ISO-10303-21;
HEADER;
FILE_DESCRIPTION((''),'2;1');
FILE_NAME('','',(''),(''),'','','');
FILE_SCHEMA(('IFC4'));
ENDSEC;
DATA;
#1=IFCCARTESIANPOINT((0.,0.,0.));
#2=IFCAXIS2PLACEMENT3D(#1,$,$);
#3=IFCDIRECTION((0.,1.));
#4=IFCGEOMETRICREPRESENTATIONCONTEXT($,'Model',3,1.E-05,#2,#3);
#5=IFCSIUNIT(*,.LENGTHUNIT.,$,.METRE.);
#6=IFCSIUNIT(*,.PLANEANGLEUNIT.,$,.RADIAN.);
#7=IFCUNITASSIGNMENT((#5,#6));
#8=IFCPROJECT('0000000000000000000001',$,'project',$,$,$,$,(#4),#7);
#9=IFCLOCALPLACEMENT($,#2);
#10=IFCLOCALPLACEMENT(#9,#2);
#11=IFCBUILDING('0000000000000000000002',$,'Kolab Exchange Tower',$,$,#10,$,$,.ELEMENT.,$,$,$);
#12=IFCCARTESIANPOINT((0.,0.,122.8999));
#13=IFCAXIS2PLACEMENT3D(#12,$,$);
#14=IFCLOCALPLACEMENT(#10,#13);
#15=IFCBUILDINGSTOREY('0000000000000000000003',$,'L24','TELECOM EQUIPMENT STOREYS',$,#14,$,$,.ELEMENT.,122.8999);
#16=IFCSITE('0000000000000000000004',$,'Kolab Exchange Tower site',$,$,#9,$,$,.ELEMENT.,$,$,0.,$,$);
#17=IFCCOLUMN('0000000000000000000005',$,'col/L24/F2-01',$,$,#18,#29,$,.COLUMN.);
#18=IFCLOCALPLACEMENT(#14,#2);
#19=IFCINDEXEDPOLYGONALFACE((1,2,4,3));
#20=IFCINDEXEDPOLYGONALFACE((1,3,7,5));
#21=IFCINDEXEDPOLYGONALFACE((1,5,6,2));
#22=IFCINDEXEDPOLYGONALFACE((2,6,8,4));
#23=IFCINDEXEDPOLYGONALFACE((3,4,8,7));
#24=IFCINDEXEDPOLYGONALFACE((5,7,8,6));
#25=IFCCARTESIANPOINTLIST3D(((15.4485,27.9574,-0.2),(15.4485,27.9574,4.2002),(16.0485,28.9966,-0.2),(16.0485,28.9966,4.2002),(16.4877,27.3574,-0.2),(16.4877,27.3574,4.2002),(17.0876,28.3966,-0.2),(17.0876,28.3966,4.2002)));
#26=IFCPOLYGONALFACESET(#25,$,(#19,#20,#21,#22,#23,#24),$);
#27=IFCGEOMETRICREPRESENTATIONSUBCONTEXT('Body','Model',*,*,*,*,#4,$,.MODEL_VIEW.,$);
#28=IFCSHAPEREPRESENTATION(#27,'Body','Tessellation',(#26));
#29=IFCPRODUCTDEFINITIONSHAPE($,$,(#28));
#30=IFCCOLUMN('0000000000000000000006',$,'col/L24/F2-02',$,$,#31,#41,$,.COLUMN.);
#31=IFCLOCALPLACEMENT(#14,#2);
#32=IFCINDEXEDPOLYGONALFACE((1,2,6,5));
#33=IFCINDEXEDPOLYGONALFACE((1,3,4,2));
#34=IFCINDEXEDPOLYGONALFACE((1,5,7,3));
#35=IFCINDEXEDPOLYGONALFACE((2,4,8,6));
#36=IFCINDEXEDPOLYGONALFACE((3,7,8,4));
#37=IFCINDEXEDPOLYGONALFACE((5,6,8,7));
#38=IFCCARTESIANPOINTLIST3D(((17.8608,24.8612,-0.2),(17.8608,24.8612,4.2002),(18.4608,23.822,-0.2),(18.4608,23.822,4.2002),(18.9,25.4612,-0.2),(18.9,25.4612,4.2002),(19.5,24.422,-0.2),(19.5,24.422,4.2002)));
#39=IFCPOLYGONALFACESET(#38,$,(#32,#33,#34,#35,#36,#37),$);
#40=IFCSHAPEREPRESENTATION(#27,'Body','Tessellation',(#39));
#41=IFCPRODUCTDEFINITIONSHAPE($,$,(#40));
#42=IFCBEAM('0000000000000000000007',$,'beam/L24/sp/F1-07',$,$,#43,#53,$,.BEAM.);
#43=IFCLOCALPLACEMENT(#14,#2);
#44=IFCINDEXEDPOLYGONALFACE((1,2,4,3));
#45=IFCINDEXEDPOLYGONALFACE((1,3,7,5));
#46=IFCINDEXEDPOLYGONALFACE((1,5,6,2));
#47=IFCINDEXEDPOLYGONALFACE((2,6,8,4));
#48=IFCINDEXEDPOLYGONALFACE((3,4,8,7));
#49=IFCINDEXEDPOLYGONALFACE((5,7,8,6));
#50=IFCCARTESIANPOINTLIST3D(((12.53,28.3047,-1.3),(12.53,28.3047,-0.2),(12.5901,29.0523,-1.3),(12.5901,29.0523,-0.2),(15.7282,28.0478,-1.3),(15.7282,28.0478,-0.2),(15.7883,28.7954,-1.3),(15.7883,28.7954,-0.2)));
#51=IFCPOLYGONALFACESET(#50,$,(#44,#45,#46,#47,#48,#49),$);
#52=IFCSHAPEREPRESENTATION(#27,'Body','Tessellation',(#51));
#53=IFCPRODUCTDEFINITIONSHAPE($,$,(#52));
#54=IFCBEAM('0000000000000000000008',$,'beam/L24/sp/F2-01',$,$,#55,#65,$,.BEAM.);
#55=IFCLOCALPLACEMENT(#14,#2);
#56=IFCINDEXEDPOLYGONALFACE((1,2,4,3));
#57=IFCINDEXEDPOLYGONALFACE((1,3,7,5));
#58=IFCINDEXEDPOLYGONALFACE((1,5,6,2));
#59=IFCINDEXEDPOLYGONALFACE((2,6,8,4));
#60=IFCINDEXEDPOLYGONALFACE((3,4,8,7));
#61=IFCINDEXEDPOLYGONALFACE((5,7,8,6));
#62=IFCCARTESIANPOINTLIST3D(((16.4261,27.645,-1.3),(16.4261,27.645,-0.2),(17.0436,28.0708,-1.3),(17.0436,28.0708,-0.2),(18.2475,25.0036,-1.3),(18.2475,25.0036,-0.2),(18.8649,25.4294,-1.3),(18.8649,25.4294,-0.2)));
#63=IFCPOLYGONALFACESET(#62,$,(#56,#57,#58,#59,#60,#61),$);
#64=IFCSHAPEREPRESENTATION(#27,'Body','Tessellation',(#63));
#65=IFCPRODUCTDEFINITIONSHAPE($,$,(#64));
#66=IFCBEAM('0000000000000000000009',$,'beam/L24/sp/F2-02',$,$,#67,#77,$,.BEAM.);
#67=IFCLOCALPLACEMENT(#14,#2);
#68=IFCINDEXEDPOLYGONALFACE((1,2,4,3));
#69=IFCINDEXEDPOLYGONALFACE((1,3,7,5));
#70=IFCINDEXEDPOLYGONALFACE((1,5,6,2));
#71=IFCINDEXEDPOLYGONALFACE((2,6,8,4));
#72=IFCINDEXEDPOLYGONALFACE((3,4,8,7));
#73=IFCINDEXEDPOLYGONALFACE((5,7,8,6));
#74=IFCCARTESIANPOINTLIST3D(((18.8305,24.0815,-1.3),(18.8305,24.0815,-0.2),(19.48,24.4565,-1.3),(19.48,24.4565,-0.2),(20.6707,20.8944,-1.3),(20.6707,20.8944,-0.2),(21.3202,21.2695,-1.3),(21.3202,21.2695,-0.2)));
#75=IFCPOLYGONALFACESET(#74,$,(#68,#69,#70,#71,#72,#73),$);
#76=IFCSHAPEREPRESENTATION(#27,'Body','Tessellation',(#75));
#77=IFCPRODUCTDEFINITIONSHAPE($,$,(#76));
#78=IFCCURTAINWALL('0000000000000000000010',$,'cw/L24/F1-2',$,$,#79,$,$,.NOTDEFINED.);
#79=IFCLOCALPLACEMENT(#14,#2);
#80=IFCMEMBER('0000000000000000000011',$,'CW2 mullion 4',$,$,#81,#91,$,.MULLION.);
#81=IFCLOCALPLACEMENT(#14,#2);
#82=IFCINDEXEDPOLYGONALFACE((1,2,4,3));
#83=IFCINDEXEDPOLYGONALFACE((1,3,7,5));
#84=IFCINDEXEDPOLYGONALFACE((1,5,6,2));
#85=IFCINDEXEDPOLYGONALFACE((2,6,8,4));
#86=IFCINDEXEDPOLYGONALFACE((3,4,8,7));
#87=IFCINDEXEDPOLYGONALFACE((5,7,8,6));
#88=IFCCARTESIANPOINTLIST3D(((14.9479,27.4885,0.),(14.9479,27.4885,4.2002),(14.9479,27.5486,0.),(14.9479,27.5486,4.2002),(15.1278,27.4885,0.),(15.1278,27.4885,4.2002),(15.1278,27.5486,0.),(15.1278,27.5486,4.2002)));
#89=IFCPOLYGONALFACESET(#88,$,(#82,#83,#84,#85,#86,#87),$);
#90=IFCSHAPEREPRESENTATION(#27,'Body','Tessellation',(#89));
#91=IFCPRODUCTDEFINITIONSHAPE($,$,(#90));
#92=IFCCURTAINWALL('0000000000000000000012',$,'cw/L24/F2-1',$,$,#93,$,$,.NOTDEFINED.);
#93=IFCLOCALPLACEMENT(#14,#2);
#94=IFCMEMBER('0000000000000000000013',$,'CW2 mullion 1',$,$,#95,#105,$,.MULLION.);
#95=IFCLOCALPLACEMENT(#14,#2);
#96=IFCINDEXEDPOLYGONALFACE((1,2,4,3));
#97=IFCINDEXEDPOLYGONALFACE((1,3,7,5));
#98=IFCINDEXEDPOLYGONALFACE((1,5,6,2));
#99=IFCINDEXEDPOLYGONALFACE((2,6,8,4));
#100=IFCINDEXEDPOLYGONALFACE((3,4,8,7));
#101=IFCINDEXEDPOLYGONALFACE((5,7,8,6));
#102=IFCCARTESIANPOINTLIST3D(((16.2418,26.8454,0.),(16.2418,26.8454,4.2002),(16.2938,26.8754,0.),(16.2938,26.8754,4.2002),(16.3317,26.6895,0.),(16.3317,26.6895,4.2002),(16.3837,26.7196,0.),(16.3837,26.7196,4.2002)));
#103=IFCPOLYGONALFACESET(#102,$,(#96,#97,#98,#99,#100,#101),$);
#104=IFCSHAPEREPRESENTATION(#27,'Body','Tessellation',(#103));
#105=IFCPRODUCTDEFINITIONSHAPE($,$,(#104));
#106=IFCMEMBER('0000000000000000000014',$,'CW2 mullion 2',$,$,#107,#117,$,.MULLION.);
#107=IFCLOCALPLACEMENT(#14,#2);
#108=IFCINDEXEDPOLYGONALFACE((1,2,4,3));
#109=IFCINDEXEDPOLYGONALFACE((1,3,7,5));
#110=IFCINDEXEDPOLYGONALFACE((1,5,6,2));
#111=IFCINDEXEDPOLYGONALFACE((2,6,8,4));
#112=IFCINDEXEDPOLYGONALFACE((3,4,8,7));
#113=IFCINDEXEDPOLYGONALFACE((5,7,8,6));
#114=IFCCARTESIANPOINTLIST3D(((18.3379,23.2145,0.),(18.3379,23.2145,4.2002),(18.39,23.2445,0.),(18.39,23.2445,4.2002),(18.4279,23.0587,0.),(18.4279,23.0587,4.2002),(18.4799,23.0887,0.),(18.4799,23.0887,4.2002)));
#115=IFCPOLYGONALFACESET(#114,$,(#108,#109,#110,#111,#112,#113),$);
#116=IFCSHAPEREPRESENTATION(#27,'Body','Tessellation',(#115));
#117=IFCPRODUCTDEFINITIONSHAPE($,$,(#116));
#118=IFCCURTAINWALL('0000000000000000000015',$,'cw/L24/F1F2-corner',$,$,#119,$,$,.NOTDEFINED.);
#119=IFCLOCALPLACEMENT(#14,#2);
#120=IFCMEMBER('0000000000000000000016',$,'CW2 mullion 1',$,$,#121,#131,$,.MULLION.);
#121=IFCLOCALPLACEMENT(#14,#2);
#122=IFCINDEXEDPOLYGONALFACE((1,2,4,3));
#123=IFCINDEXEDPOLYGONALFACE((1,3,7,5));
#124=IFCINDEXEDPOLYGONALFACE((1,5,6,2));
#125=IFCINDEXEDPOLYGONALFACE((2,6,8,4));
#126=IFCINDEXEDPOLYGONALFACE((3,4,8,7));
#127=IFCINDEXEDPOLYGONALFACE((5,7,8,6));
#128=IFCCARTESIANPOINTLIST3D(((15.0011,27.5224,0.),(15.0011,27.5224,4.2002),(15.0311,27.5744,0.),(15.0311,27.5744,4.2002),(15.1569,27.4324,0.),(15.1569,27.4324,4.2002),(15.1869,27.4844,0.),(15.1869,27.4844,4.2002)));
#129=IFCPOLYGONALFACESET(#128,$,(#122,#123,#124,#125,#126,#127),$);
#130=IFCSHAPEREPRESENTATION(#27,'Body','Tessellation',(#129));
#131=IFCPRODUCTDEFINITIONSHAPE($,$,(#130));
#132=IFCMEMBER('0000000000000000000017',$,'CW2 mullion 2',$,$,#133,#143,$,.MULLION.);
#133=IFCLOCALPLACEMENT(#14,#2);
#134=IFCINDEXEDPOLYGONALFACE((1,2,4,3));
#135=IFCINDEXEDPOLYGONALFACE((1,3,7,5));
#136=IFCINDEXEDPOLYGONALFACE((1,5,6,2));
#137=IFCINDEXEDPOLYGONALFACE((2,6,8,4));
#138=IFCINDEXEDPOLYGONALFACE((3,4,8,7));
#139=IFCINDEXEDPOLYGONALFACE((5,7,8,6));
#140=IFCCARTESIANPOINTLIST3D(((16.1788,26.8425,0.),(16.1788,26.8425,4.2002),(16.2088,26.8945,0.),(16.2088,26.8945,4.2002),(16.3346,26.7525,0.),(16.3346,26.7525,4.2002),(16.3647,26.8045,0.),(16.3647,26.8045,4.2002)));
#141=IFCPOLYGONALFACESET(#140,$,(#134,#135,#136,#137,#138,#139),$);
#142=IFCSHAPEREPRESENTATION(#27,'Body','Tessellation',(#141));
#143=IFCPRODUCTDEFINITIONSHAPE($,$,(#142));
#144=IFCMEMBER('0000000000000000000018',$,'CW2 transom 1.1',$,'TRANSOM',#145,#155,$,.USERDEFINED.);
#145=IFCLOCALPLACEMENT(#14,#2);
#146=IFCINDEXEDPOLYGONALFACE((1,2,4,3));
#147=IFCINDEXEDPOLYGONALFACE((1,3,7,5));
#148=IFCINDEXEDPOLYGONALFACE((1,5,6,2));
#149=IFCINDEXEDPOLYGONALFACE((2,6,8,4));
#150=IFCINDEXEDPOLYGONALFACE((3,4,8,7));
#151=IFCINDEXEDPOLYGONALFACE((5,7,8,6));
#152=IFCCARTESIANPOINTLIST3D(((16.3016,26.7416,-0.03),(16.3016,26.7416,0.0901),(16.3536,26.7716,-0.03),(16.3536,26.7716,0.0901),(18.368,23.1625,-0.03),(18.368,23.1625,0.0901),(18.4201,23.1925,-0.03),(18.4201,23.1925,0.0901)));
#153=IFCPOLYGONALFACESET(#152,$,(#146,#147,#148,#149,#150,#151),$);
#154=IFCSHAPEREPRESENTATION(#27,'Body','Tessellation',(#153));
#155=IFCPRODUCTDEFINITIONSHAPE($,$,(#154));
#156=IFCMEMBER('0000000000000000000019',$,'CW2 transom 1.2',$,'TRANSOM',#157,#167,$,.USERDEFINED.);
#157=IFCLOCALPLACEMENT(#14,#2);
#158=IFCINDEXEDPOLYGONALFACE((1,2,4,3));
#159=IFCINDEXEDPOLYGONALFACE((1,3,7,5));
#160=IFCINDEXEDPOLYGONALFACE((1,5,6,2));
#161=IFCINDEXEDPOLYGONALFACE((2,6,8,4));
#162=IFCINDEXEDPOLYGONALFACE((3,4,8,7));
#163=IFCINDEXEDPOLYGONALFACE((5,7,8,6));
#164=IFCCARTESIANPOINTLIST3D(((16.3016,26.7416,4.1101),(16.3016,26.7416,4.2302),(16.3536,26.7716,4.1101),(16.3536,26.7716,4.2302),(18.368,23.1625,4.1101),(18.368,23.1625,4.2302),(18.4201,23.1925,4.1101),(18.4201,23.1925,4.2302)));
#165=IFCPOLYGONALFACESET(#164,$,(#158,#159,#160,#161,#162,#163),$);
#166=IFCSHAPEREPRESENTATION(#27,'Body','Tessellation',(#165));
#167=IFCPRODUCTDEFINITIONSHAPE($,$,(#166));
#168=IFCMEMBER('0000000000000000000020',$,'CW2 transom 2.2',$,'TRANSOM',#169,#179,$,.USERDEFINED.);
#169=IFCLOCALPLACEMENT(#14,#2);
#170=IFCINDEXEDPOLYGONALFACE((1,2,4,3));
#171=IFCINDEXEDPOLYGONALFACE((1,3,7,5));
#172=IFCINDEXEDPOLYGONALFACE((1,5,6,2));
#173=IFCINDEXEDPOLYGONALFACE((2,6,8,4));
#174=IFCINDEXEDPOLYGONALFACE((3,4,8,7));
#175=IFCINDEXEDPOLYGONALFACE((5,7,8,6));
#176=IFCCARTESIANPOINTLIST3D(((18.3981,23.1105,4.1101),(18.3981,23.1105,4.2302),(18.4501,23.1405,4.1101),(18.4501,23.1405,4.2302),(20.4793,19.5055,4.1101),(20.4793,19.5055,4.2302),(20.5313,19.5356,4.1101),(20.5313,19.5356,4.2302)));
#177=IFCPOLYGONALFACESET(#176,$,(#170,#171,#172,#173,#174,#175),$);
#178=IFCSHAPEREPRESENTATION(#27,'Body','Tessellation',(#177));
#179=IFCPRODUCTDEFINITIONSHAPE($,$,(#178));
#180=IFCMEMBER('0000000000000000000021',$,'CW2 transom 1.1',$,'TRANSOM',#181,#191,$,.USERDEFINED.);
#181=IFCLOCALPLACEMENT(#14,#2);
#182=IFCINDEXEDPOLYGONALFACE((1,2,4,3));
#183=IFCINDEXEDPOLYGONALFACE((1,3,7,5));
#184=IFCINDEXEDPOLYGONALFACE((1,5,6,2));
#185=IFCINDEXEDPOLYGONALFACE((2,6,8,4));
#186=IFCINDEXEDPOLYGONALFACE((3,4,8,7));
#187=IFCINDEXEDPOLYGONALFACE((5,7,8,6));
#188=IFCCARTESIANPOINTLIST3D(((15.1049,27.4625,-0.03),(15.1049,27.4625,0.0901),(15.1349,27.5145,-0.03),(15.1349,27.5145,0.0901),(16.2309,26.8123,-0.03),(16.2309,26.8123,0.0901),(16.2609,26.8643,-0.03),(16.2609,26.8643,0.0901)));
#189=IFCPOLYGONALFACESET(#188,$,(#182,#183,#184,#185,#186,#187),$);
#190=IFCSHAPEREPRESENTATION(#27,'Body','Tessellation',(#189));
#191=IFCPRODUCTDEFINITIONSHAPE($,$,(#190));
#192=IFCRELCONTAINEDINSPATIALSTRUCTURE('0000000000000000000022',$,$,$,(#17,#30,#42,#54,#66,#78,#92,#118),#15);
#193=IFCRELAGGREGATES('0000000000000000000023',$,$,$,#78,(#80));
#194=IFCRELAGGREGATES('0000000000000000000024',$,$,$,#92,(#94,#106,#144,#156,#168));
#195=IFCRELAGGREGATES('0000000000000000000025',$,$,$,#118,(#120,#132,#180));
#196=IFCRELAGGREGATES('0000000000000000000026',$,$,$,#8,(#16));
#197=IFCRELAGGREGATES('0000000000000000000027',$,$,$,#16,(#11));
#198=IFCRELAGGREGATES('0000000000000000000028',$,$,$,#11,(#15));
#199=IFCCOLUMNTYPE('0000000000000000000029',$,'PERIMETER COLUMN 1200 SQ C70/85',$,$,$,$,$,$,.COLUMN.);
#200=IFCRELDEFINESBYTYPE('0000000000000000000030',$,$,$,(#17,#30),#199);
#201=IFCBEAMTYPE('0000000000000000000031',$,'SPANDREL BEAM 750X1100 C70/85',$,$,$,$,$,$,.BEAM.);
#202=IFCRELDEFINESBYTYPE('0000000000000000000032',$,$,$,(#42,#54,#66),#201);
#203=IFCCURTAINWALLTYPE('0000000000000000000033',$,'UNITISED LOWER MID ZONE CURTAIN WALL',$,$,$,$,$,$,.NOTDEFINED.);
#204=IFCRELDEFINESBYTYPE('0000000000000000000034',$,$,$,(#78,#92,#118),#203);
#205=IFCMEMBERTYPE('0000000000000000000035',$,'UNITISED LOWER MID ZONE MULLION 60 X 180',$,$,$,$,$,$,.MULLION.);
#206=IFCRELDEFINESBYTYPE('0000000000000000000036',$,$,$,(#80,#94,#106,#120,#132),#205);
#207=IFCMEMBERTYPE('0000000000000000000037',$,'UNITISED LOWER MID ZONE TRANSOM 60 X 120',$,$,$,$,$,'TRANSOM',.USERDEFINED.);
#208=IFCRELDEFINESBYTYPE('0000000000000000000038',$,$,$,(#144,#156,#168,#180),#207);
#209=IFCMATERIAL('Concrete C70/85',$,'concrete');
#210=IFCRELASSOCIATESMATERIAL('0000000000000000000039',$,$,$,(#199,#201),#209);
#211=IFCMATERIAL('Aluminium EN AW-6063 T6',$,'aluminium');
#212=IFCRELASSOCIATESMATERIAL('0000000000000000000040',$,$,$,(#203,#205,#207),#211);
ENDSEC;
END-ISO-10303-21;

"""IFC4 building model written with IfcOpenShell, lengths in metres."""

from ifc_helpers import new_model, si_unit, direction, frame, origin, origin_2d, place, context, subcontext, project, spatial, rectangle, extrude, material, material_profile, profile_set, type_object, element, aggregate, save


model = new_model("IFC4")

# Units and contexts
model_context = context("Model", 3, precision=1e-05, world=origin(), true_north=direction((0.0, 1.0)))
body_context = subcontext(model_context, "Body", "Model", "MODEL_VIEW")
ifc_project = project(units=[si_unit("LENGTHUNIT", "METRE"), si_unit("PLANEANGLEUNIT", "RADIAN")], contexts=[model_context])

# Site, building, storey
site_placement = place(None, origin())
site = spatial("IfcSite", under=ifc_project, at=site_placement, Name="Kolab Exchange Tower site", CompositionType="ELEMENT", RefElevation=0.0)
building_placement = place(site_placement, origin())
building = spatial("IfcBuilding", under=site, at=building_placement, Name="Kolab Exchange Tower", CompositionType="ELEMENT")
storey_placement = place(building_placement, frame((0.0, 0.0, 122.8999)))
storey = spatial("IfcBuildingStorey", under=building, at=storey_placement, Name="L24", Description="TELECOM EQUIPMENT STOREYS", CompositionType="ELEMENT", Elevation=122.8999)

# Columns
ifc_material_1 = material(Name="Concrete C70/85", Category="concrete")
ifc_material_profile_1 = material_profile(ifc_material_1, rectangle(XDim=1.2, YDim=1.2, at=origin_2d()), Name="RC1200")
ifc_profile_set_1 = profile_set([ifc_material_profile_1], Name="Concrete C70/85")
column_type = type_object("IfcColumnType", Name="PERIMETER COLUMN 1200 SQ C70/85", PredefinedType="COLUMN", material=ifc_profile_set_1)
for number, where, z_axis, x_axis, name in (
    (1, (16.2681, 28.177, -0.2), (0.0, 0.0, 1.0), (0.5, 0.866025, 0.0), "col/L24/F2-01"),
    (2, (18.6804, 24.6416, -0.2), (0.0, 0.0, 1.0), (0.866025, 0.5, 0.0), "col/L24/F2-02"),
):
    element("IfcColumn", number, at=place(storey_placement, frame(where, z_axis=z_axis, x_axis=x_axis)), inside=storey, type_object=column_type, Name=name, PredefinedType="COLUMN", context=body_context, shape_type="SweptSolid", body=[
        extrude(rectangle(XDim=1.2, YDim=1.2, at=origin_2d()), origin(), (0.0, 0.0, 1.0), 4.4001),
    ])

# Beams
ifc_material_profile_2 = material_profile(ifc_material_1, rectangle(XDim=0.75, YDim=1.1001, at=origin_2d()), Name="RC750X1100")
ifc_profile_set_2 = profile_set([ifc_material_profile_2], Name="Concrete C70/85")
beam_type = type_object("IfcBeamType", Name="SPANDREL BEAM 750X1100 C70/85", PredefinedType="BEAM", material=ifc_profile_set_2)
for number, where, z_axis, x_axis, name in (
    (3, (12.5601, 28.6785, -0.75), (0.996791, -0.080048, 0.0), (0.080048, 0.996791, 0.0), "beam/L24/sp/F1-07"),
    (4, (16.7349, 27.8579, -0.75), (0.567662, -0.823262, 0.0), (0.823262, 0.567662, 0.0), "beam/L24/sp/F2-01"),
):
    element("IfcBeam", number, at=place(storey_placement, frame(where, z_axis=z_axis, x_axis=x_axis)), inside=storey, type_object=beam_type, Name=name, PredefinedType="BEAM", context=body_context, shape_type="SweptSolid", body=[
        extrude(rectangle(XDim=0.75, YDim=1.1001, at=origin_2d()), origin(), (0.0, 0.0, 1.0), 3.2085),
    ])
beam_placement = place(storey_placement, frame((19.1553, 24.269, -0.75), z_axis=(0.500013, -0.866018, 0.0), x_axis=(0.866018, 0.500013, 0.0)))
element("IfcBeam", 5, at=beam_placement, inside=storey, type_object=beam_type, Name="beam/L24/sp/F2-02", PredefinedType="BEAM", context=body_context, shape_type="SweptSolid", body=[
    extrude(rectangle(XDim=0.75, YDim=1.1001, at=origin_2d()), origin(), (0.0, 0.0, 1.0), 3.6802),
])

# Curtain wall, member
ifc_material_2 = material(Name="Aluminium EN AW-6063 T6", Category="aluminium")
curtain_wall_type = type_object("IfcCurtainWallType", Name="UNITISED LOWER MID ZONE CURTAIN WALL", PredefinedType="NOTDEFINED", material=ifc_material_2)
curtain_wall_1_placement = place(storey_placement, origin())
curtain_wall_1 = element("IfcCurtainWall", 6, at=curtain_wall_1_placement, inside=storey, type_object=curtain_wall_type, Name="cw/L24/F1-2", PredefinedType="NOTDEFINED")
ifc_material_profile_3 = material_profile(ifc_material_2, rectangle(XDim=0.0601, YDim=0.1799, at=origin_2d()), Name="RECT 60X180")
ifc_profile_set_3 = profile_set([ifc_material_profile_3], Name="Aluminium EN AW-6063 T6")
member_type_1 = type_object("IfcMemberType", Name="UNITISED LOWER MID ZONE MULLION 60 X 180", PredefinedType="MULLION", material=ifc_profile_set_3)
member_1_placement = place(storey_placement, frame((15.0378, 27.5186, 0.0), z_axis=(0.0, 0.0, 1.0), x_axis=(0.0, 1.0, 0.0)))
member_1 = element("IfcMember", 7, at=member_1_placement, type_object=member_type_1, Name="CW2 mullion 4", PredefinedType="MULLION", context=body_context, shape_type="SweptSolid", body=[
    extrude(rectangle(XDim=0.0601, YDim=0.1799, at=origin_2d()), origin(), (0.0, 0.0, 1.0), 4.2002),
])

# Curtain walls, members
curtain_wall_2_placement = place(storey_placement, origin())
curtain_wall_2 = element("IfcCurtainWall", 8, at=curtain_wall_2_placement, inside=storey, type_object=curtain_wall_type, Name="cw/L24/F2-1", PredefinedType="NOTDEFINED")
member_2_placement = place(storey_placement, frame((16.3127, 26.7825, 0.0), z_axis=(0.0, 0.0, 1.0), x_axis=(0.866025, 0.5, 0.0)))
member_2 = element("IfcMember", 9, at=member_2_placement, type_object=member_type_1, Name="CW2 mullion 1", PredefinedType="MULLION", context=body_context, shape_type="SweptSolid", body=[
    extrude(rectangle(XDim=0.0601, YDim=0.1799, at=origin_2d()), origin(), (0.0, 0.0, 1.0), 4.2002),
])
member_3_placement = place(storey_placement, frame((18.4089, 23.1516, 0.0), z_axis=(0.0, 0.0, 1.0), x_axis=(0.866025, 0.5, 0.0)))
member_3 = element("IfcMember", 10, at=member_3_placement, type_object=member_type_1, Name="CW2 mullion 2", PredefinedType="MULLION", context=body_context, shape_type="SweptSolid", body=[
    extrude(rectangle(XDim=0.0601, YDim=0.1799, at=origin_2d()), origin(), (0.0, 0.0, 1.0), 4.2002),
])
curtain_wall_3_placement = place(storey_placement, origin())
curtain_wall_3 = element("IfcCurtainWall", 11, at=curtain_wall_3_placement, inside=storey, type_object=curtain_wall_type, Name="cw/L24/F1F2-corner", PredefinedType="NOTDEFINED")
member_4_placement = place(storey_placement, frame((15.094, 27.5034, 0.0), z_axis=(0.0, 0.0, 1.0), x_axis=(0.5, 0.866025, 0.0)))
member_4 = element("IfcMember", 12, at=member_4_placement, type_object=member_type_1, Name="CW2 mullion 1", PredefinedType="MULLION", context=body_context, shape_type="SweptSolid", body=[
    extrude(rectangle(XDim=0.0601, YDim=0.1799, at=origin_2d()), origin(), (0.0, 0.0, 1.0), 4.2002),
])
member_5_placement = place(storey_placement, frame((16.2717, 26.8235, 0.0), z_axis=(0.0, 0.0, 1.0), x_axis=(0.5, 0.866025, 0.0)))
member_5 = element("IfcMember", 13, at=member_5_placement, type_object=member_type_1, Name="CW2 mullion 2", PredefinedType="MULLION", context=body_context, shape_type="SweptSolid", body=[
    extrude(rectangle(XDim=0.0601, YDim=0.1799, at=origin_2d()), origin(), (0.0, 0.0, 1.0), 4.2002),
])

# Members
ifc_material_profile_4 = material_profile(ifc_material_2, rectangle(XDim=0.0601, YDim=0.1201, at=origin_2d()), Name="RECT 60X120")
ifc_profile_set_4 = profile_set([ifc_material_profile_4], Name="Aluminium EN AW-6063 T6")
member_type_2 = type_object("IfcMemberType", Name="UNITISED LOWER MID ZONE TRANSOM 60 X 120", ElementType="TRANSOM", PredefinedType="USERDEFINED", material=ifc_profile_set_4)
member_6_placement = place(storey_placement, frame((16.3276, 26.7566, 0.03), z_axis=(0.500002, -0.866024, 0.0), x_axis=(0.866024, 0.500002, 0.0)))
member_6 = element("IfcMember", 14, at=member_6_placement, type_object=member_type_2, Name="CW2 transom 1.1", ObjectType="TRANSOM", PredefinedType="USERDEFINED", context=body_context, shape_type="SweptSolid", body=[
    extrude(rectangle(XDim=0.0601, YDim=0.1201, at=origin_2d()), origin(), (0.0, 0.0, 1.0), 4.1328),
])
member_7_placement = place(storey_placement, frame((16.3276, 26.7566, 4.1702), z_axis=(0.500002, -0.866024, 0.0), x_axis=(0.866024, 0.500002, 0.0)))
member_7 = element("IfcMember", 15, at=member_7_placement, type_object=member_type_2, Name="CW2 transom 1.2", ObjectType="TRANSOM", PredefinedType="USERDEFINED", context=body_context, shape_type="SweptSolid", body=[
    extrude(rectangle(XDim=0.0601, YDim=0.1201, at=origin_2d()), origin(), (0.0, 0.0, 1.0), 4.1328),
])
member_8_placement = place(storey_placement, frame((18.4241, 23.1255, 4.1702), z_axis=(0.499993, -0.866029, 0.0), x_axis=(0.866029, 0.499993, 0.0)))
member_8 = element("IfcMember", 16, at=member_8_placement, type_object=member_type_2, Name="CW2 transom 2.2", ObjectType="TRANSOM", PredefinedType="USERDEFINED", context=body_context, shape_type="SweptSolid", body=[
    extrude(rectangle(XDim=0.0601, YDim=0.1201, at=origin_2d()), origin(), (0.0, 0.0, 1.0), 4.1626),
])
member_9_placement = place(storey_placement, frame((15.1199, 27.4885, 0.03), z_axis=(0.866004, -0.500037, 0.0), x_axis=(0.500037, 0.866004, 0.0)))
member_9 = element("IfcMember", 17, at=member_9_placement, type_object=member_type_2, Name="CW2 transom 1.1", ObjectType="TRANSOM", PredefinedType="USERDEFINED", context=body_context, shape_type="SweptSolid", body=[
    extrude(rectangle(XDim=0.0601, YDim=0.1201, at=origin_2d()), origin(), (0.0, 0.0, 1.0), 1.3003),
])

aggregate(curtain_wall_1, [member_1])
aggregate(curtain_wall_2, [member_2, member_3, member_6, member_7, member_8])
aggregate(curtain_wall_3, [member_4, member_5, member_9])

save(model, "model.ifc")
